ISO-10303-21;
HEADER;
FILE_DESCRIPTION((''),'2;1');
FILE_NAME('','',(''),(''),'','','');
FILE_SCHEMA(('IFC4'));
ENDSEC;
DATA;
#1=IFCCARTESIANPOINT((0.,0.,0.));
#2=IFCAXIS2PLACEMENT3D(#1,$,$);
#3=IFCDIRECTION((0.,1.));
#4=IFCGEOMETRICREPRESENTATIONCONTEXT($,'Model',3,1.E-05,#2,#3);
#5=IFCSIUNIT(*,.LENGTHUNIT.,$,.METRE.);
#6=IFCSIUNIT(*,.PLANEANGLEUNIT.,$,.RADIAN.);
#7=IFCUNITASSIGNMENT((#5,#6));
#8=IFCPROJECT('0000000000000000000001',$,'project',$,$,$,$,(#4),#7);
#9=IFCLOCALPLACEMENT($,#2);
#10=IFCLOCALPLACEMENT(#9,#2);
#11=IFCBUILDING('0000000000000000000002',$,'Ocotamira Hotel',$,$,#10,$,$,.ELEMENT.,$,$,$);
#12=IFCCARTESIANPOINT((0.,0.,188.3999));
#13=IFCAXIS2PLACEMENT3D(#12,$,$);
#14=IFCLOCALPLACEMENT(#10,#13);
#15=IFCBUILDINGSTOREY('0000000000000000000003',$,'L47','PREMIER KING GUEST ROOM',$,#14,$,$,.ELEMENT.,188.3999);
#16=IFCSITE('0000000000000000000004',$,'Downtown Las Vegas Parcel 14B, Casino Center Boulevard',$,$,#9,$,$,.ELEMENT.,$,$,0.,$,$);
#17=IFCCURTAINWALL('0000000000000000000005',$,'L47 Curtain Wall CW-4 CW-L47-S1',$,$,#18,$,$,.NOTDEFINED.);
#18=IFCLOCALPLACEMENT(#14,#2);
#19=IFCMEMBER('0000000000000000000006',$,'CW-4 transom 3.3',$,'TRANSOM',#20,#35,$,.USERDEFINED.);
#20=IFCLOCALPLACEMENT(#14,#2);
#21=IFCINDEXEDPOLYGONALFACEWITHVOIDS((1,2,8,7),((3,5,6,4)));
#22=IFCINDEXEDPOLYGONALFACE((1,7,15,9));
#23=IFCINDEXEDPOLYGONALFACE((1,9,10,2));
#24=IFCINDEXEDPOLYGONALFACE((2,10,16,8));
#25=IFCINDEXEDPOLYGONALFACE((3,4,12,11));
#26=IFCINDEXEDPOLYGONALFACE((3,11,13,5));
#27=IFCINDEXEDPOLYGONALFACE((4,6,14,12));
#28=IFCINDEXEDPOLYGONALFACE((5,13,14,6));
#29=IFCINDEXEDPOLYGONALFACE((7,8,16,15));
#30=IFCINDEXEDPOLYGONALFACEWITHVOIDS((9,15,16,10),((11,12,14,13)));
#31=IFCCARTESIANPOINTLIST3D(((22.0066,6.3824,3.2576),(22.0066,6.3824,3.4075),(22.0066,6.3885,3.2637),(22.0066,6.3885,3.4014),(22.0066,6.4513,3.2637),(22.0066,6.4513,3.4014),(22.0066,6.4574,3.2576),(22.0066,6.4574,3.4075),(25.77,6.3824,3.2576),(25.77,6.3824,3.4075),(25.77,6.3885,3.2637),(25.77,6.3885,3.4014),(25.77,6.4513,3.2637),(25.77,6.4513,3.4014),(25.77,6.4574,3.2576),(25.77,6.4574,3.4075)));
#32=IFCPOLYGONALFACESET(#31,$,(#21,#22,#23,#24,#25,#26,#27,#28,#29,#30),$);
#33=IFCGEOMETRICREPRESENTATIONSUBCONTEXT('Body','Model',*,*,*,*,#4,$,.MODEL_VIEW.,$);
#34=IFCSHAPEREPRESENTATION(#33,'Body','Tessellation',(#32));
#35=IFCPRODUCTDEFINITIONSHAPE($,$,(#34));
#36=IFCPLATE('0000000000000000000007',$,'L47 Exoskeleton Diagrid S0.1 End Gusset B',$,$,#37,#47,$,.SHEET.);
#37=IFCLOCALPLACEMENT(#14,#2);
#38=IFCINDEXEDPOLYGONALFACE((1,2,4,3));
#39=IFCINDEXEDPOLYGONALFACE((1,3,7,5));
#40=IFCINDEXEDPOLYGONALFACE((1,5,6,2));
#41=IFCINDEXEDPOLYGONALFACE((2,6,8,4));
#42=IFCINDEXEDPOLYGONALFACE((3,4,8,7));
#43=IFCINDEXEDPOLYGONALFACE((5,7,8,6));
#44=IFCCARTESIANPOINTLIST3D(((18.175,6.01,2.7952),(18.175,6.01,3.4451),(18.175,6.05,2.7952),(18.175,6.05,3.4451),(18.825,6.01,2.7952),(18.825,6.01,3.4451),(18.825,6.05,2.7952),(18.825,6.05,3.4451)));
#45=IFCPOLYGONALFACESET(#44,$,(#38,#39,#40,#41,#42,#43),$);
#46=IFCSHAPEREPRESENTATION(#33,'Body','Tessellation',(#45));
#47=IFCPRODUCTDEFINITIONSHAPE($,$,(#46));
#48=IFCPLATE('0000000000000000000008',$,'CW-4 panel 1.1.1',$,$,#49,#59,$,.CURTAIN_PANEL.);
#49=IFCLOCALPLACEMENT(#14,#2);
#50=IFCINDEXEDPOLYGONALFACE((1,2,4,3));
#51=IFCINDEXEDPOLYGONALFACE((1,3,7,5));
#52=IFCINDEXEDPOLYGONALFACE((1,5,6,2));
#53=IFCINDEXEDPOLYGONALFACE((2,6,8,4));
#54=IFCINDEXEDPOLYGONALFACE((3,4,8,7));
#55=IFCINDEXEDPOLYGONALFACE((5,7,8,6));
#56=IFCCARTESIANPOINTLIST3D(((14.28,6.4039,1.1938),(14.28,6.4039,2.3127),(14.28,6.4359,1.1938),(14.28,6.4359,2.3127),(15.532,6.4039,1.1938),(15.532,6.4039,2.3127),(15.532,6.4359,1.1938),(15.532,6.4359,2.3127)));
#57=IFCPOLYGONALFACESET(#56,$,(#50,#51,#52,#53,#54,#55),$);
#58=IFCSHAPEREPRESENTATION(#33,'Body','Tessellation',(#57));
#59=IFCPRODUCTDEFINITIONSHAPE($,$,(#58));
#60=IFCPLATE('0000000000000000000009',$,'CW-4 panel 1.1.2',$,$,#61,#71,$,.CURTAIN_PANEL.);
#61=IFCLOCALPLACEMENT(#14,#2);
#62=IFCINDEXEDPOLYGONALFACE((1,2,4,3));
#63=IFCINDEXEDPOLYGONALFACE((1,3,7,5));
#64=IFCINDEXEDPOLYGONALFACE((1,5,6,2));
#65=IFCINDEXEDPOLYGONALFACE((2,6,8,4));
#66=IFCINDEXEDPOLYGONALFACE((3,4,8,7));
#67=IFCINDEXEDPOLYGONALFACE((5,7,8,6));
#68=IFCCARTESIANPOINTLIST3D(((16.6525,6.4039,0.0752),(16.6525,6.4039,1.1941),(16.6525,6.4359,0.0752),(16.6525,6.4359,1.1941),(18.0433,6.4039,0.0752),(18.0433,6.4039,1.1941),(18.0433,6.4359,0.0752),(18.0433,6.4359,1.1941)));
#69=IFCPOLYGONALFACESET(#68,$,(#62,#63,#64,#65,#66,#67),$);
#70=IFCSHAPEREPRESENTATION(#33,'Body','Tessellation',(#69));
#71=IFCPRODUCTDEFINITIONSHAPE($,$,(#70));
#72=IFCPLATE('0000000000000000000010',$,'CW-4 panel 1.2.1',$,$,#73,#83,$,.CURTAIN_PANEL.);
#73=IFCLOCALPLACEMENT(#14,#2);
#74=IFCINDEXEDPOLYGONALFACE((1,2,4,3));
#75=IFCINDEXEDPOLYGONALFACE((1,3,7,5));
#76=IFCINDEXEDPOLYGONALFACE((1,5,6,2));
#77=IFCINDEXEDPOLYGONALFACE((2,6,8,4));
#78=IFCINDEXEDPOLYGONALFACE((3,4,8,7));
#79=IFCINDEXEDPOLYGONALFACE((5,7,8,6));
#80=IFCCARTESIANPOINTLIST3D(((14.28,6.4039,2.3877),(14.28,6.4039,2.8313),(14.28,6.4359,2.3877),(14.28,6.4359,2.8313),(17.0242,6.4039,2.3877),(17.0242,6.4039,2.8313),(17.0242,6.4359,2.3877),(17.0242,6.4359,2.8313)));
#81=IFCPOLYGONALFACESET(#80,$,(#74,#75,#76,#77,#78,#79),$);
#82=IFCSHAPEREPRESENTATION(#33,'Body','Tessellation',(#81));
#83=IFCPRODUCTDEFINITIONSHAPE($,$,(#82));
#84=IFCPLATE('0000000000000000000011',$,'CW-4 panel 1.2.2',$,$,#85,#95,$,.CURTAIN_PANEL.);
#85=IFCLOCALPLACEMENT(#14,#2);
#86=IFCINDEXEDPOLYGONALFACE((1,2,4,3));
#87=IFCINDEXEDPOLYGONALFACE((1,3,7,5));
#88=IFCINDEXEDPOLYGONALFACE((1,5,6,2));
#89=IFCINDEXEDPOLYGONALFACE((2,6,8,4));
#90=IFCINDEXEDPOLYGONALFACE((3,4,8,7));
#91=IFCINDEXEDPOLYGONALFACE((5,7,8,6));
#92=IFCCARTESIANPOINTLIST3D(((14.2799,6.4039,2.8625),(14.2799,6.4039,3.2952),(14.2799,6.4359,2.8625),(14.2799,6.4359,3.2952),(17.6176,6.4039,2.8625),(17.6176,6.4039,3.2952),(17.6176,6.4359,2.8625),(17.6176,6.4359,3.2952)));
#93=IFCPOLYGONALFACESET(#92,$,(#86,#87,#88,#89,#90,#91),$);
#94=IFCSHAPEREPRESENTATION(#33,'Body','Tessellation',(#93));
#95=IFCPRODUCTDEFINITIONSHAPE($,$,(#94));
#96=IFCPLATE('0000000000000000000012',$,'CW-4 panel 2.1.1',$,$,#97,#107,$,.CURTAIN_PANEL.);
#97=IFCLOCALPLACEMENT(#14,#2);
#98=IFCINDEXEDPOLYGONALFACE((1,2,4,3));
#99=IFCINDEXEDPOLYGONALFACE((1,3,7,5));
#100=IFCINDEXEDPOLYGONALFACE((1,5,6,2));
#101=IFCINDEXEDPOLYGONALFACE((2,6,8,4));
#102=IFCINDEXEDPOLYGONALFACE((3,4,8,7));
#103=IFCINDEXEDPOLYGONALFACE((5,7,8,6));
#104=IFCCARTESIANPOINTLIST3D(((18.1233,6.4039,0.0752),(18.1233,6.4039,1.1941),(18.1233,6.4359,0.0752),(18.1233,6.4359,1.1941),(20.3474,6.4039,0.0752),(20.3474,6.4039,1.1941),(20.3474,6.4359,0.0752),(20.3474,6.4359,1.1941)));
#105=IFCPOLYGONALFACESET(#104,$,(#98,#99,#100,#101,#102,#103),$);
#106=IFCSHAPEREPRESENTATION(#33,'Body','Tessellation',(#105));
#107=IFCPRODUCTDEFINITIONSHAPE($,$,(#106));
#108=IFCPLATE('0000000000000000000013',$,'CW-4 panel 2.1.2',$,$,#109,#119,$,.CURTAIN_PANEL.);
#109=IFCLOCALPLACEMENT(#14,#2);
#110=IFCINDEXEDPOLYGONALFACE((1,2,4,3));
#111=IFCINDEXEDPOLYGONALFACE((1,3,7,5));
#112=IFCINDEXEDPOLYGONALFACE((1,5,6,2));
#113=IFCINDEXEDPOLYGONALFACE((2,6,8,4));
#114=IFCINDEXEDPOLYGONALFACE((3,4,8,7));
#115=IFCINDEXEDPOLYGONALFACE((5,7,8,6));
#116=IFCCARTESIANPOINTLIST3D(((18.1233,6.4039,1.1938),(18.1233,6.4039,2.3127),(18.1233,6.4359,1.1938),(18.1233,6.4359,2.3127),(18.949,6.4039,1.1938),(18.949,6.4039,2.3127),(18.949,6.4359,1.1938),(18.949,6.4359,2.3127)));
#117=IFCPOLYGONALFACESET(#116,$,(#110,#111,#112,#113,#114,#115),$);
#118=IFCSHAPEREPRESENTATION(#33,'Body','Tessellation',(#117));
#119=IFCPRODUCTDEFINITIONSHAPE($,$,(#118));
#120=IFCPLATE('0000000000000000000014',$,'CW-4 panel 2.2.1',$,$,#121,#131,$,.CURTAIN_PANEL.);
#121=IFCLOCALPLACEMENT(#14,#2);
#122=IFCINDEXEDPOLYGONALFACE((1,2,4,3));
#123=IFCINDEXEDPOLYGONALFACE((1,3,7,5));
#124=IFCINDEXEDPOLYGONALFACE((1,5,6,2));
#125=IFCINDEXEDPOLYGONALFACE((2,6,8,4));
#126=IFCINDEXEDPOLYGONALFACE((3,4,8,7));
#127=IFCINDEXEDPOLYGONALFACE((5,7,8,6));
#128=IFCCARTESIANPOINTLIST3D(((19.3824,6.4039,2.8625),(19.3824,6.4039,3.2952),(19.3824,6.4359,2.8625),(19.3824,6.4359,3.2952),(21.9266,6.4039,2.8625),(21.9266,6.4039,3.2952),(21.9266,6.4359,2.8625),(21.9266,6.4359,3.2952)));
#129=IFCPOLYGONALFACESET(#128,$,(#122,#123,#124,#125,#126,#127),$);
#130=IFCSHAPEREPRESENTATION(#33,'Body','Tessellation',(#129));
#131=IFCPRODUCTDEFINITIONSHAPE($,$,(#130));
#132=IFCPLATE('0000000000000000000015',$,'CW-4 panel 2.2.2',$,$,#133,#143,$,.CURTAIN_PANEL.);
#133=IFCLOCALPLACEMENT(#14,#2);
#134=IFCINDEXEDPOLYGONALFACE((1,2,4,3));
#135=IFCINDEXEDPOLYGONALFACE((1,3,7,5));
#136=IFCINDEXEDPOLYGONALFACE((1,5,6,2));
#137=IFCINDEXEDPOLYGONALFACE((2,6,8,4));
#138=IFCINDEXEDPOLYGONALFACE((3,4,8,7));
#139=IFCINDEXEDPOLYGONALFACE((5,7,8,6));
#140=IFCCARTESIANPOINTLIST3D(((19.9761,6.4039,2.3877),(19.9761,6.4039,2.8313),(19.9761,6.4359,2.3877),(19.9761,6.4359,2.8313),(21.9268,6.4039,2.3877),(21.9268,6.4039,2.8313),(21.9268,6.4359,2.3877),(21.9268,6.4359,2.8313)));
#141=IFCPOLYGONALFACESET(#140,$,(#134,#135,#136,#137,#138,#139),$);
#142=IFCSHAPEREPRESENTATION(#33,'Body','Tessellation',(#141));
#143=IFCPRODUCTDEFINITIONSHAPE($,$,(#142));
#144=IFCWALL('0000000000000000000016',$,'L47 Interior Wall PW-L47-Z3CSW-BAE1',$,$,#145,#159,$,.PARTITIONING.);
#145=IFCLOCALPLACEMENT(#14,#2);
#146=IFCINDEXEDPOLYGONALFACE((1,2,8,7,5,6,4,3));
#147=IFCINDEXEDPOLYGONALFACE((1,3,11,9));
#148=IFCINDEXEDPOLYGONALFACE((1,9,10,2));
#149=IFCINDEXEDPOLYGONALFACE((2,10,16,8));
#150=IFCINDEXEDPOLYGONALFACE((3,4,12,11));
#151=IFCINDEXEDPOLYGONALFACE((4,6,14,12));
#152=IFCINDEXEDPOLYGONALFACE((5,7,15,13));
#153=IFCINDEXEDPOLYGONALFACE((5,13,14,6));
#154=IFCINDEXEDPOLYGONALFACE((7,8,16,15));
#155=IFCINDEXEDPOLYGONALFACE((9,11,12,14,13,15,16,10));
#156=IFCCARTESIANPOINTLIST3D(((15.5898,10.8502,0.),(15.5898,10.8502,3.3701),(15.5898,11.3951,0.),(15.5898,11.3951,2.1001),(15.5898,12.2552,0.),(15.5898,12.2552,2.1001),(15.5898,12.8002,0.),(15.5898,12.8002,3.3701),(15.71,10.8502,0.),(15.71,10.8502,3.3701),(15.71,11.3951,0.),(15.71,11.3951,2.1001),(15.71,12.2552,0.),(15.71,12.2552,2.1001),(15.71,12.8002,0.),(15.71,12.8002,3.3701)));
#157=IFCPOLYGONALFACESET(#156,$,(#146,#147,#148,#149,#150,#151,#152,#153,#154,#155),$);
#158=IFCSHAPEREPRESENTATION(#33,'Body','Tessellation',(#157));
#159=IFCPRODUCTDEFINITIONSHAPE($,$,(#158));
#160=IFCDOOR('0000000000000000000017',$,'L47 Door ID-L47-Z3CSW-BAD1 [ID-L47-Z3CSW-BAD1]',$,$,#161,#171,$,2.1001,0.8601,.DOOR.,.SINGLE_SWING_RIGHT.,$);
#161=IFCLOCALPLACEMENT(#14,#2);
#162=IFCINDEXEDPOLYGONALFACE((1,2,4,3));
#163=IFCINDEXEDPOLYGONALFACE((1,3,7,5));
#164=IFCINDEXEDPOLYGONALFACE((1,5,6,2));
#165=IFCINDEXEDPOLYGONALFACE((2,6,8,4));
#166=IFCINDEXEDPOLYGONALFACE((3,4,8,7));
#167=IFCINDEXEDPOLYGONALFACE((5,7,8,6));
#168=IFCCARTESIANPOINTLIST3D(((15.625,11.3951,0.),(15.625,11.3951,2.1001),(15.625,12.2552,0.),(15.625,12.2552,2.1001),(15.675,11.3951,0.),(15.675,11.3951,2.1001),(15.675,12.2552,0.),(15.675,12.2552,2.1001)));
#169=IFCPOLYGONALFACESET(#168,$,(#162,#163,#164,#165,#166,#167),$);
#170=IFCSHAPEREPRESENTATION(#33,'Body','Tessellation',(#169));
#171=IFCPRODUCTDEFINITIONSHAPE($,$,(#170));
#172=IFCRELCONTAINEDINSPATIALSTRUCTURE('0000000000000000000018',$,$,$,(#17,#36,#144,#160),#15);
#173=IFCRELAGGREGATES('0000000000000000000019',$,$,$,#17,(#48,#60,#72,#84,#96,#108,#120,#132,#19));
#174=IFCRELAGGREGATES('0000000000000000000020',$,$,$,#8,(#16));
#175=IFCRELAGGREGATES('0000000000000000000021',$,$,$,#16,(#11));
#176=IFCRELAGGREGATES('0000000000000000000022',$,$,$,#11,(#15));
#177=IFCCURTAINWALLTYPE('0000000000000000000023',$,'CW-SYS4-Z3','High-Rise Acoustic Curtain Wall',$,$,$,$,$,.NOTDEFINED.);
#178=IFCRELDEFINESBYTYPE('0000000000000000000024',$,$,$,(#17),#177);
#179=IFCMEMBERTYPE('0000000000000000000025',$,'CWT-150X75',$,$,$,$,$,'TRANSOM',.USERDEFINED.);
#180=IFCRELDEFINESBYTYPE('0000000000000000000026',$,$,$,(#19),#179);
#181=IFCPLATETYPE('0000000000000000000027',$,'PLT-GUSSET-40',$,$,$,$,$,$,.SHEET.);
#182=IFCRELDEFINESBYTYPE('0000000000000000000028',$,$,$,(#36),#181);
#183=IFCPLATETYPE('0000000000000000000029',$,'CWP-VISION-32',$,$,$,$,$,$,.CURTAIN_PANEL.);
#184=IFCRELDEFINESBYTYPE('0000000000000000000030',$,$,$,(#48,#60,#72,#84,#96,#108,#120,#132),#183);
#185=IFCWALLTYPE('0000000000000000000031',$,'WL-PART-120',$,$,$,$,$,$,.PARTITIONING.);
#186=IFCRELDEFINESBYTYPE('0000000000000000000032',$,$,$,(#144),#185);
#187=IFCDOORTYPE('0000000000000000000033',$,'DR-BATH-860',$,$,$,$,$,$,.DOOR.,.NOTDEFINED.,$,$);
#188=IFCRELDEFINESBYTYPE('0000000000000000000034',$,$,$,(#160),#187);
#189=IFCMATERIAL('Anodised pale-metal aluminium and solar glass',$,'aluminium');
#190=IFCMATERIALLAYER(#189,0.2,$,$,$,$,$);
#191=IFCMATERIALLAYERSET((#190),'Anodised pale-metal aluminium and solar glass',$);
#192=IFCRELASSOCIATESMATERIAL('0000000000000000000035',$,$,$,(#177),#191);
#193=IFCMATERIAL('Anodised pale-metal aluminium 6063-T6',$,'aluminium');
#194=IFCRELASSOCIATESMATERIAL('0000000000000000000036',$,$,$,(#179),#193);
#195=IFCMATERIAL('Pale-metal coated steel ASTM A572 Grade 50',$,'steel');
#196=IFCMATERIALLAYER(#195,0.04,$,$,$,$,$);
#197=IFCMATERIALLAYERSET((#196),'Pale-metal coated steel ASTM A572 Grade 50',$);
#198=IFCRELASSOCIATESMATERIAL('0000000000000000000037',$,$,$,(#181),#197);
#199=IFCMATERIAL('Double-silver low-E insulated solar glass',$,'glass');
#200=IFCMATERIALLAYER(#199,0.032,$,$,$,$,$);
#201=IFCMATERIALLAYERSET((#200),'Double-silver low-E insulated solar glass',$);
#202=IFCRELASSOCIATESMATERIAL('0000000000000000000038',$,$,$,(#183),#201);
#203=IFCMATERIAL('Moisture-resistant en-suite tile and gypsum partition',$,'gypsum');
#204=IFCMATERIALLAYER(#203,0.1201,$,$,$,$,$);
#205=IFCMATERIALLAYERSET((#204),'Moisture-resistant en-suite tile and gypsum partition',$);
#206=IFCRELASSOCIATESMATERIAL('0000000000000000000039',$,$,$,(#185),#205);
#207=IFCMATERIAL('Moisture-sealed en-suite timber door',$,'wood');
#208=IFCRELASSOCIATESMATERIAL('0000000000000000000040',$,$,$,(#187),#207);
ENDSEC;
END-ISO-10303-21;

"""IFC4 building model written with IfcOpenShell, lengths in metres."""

from ifc_helpers import new_model, si_unit, direction, frame, frame_2d, origin, origin_2d, place, context, subcontext, project, spatial, rectangle, hollow_rectangle, extrude, source, transform, mapped, material, layer, layer_set, material_profile, profile_set, type_object, element, fill, aggregate, save


model = new_model("IFC4")

# Units and contexts
model_context = context("Model", 3, precision=1e-05, world=origin(), true_north=direction((0.0, 1.0)))
body_context = subcontext(model_context, "Body", "Model", "MODEL_VIEW")
ifc_project = project(units=[si_unit("LENGTHUNIT", "METRE"), si_unit("PLANEANGLEUNIT", "RADIAN")], contexts=[model_context])

# Site, building, storey
site_placement = place(None, origin())
site = spatial("IfcSite", under=ifc_project, at=site_placement, Name="Downtown Las Vegas Parcel 14B, Casino Center Boulevard", CompositionType="ELEMENT", RefElevation=0.0)
building_placement = place(site_placement, origin())
building = spatial("IfcBuilding", under=site, at=building_placement, Name="Ocotamira Hotel", CompositionType="ELEMENT")
storey_placement = place(building_placement, frame((0.0, 0.0, 188.3999)))
storey = spatial("IfcBuildingStorey", under=building, at=storey_placement, Name="L47", Description="PREMIER KING GUEST ROOM", CompositionType="ELEMENT", Elevation=188.3999)

# Curtain wall, member
ifc_material_1 = material(Name="Anodised pale-metal aluminium and solar glass", Category="aluminium")
ifc_layer_1 = layer(ifc_material_1, 0.2)
ifc_layer_set_1 = layer_set([ifc_layer_1], Name="Anodised pale-metal aluminium and solar glass")
curtain_wall_type = type_object("IfcCurtainWallType", Name="CW-SYS4-Z3", Description="High-Rise Acoustic Curtain Wall", PredefinedType="NOTDEFINED", material=ifc_layer_set_1)
curtain_wall_placement = place(storey_placement, origin())
curtain_wall = element("IfcCurtainWall", 1, at=curtain_wall_placement, inside=storey, type_object=curtain_wall_type, Name="L47 Curtain Wall CW-4 CW-L47-S1", PredefinedType="NOTDEFINED")
ifc_material_2 = material(Name="Anodised pale-metal aluminium 6063-T6", Category="aluminium")
ifc_material_profile_1 = material_profile(ifc_material_2, hollow_rectangle(XDim=0.075, YDim=0.1499, WallThickness=0.0061, at=origin_2d()), Name="HSS150X75X6")
ifc_profile_set_1 = profile_set([ifc_material_profile_1], Name="Anodised pale-metal aluminium 6063-T6")
member_type_1 = type_object("IfcMemberType", Name="CWT-150X75", ElementType="TRANSOM", PredefinedType="USERDEFINED", material=ifc_profile_set_1)
shared_shape_1 = source(origin(), body_context, "Body", "SweptSolid", [
    extrude(hollow_rectangle(XDim=0.075, YDim=0.1499, WallThickness=0.0061, at=origin_2d()), origin(), (0.0, 0.0, 1.0), 3.7634),
])
member_1_placement = place(storey_placement, frame((22.0066, 6.4199, 3.3325), z_axis=(1.0, 0.0, 0.0), x_axis=(0.0, 1.0, 0.0)))
member_1 = element("IfcMember", 2, at=member_1_placement, type_object=member_type_1, Name="CW-4 transom 3.3", ObjectType="TRANSOM", PredefinedType="USERDEFINED", context=body_context, shape_type="MappedRepresentation", body=[
    mapped(shared_shape_1, transform((0.0, 0.0, 0.0), scale=1.0)),
])

# Plates
ifc_material_3 = material(Name="Pale-metal coated steel ASTM A572 Grade 50", Category="steel")
ifc_layer_2 = layer(ifc_material_3, 0.04)
ifc_layer_set_2 = layer_set([ifc_layer_2], Name="Pale-metal coated steel ASTM A572 Grade 50")
plate_type_1 = type_object("IfcPlateType", Name="PLT-GUSSET-40", PredefinedType="SHEET", material=ifc_layer_set_2)
shared_shape_2 = source(origin(), body_context, "Body", "SweptSolid", [
    extrude(rectangle(XDim=0.6499, YDim=0.04, at=origin_2d()), origin(), (0.0, 0.0, 1.0), 0.6499),
])
plate_1_placement = place(storey_placement, frame((18.5, 6.03, 2.7952), z_axis=(0.0, 0.0, 1.0), x_axis=(1.0, 0.0, 0.0)))
element("IfcPlate", 3, at=plate_1_placement, inside=storey, type_object=plate_type_1, Name="L47 Exoskeleton Diagrid S0.1 End Gusset B", PredefinedType="SHEET", context=body_context, shape_type="MappedRepresentation", body=[
    mapped(shared_shape_2, transform((0.0, 0.0, 0.0), scale=1.0)),
])
ifc_material_4 = material(Name="Double-silver low-E insulated solar glass", Category="glass")
ifc_layer_3 = layer(ifc_material_4, 0.032)
ifc_layer_set_3 = layer_set([ifc_layer_3], Name="Double-silver low-E insulated solar glass")
plate_type_2 = type_object("IfcPlateType", Name="CWP-VISION-32", PredefinedType="CURTAIN_PANEL", material=ifc_layer_set_3)
shared_shape_3 = source(origin(), body_context, "Body", "SweptSolid", [
    extrude(rectangle(XDim=1.252, YDim=0.032, at=origin_2d()), origin(), (0.0, 0.0, 1.0), 1.1189),
])
plate_2_placement = place(storey_placement, frame((14.906, 6.4199, 1.1938), z_axis=(0.0, 0.0, 1.0), x_axis=(1.0, 0.0, 0.0)))
plate_2 = element("IfcPlate", 4, at=plate_2_placement, type_object=plate_type_2, Name="CW-4 panel 1.1.1", PredefinedType="CURTAIN_PANEL", context=body_context, shape_type="MappedRepresentation", body=[
    mapped(shared_shape_3, transform((0.0, 0.0, 0.0), scale=1.0)),
])
shared_shape_4 = source(origin(), body_context, "Body", "SweptSolid", [
    extrude(rectangle(XDim=1.3909, YDim=0.032, at=origin_2d()), origin(), (0.0, 0.0, 1.0), 1.1189),
])
plate_3_placement = place(storey_placement, frame((17.3479, 6.4199, 0.0752), z_axis=(0.0, 0.0, 1.0), x_axis=(1.0, 0.0, 0.0)))
plate_3 = element("IfcPlate", 5, at=plate_3_placement, type_object=plate_type_2, Name="CW-4 panel 1.1.2", PredefinedType="CURTAIN_PANEL", context=body_context, shape_type="MappedRepresentation", body=[
    mapped(shared_shape_4, transform((0.0, 0.0, 0.0), scale=1.0)),
])
shared_shape_5 = source(origin(), body_context, "Body", "SweptSolid", [
    extrude(rectangle(XDim=2.7441, YDim=0.032, at=origin_2d()), origin(), (0.0, 0.0, 1.0), 0.4436),
])
plate_4_placement = place(storey_placement, frame((15.6521, 6.4199, 2.3877), z_axis=(0.0, 0.0, 1.0), x_axis=(1.0, 0.0, 0.0)))
plate_4 = element("IfcPlate", 6, at=plate_4_placement, type_object=plate_type_2, Name="CW-4 panel 1.2.1", PredefinedType="CURTAIN_PANEL", context=body_context, shape_type="MappedRepresentation", body=[
    mapped(shared_shape_5, transform((0.0, 0.0, 0.0), scale=1.0)),
])
shared_shape_6 = source(origin(), body_context, "Body", "SweptSolid", [
    extrude(rectangle(XDim=3.3376, YDim=0.032, at=origin_2d()), origin(), (0.0, 0.0, 1.0), 0.4326),
])
plate_5_placement = place(storey_placement, frame((15.9487, 6.4199, 2.8625), z_axis=(0.0, 0.0, 1.0), x_axis=(1.0, 0.0, 0.0)))
plate_5 = element("IfcPlate", 7, at=plate_5_placement, type_object=plate_type_2, Name="CW-4 panel 1.2.2", PredefinedType="CURTAIN_PANEL", context=body_context, shape_type="MappedRepresentation", body=[
    mapped(shared_shape_6, transform((0.0, 0.0, 0.0), scale=1.0)),
])
shared_shape_7 = source(origin(), body_context, "Body", "SweptSolid", [
    extrude(rectangle(XDim=2.2241, YDim=0.032, at=origin_2d()), origin(), (0.0, 0.0, 1.0), 1.1189),
])
plate_6_placement = place(storey_placement, frame((19.2354, 6.4199, 0.0752), z_axis=(0.0, 0.0, 1.0), x_axis=(1.0, 0.0, 0.0)))
plate_6 = element("IfcPlate", 8, at=plate_6_placement, type_object=plate_type_2, Name="CW-4 panel 2.1.1", PredefinedType="CURTAIN_PANEL", context=body_context, shape_type="MappedRepresentation", body=[
    mapped(shared_shape_7, transform((0.0, 0.0, 0.0), scale=1.0)),
])
shared_shape_8 = source(origin(), body_context, "Body", "SweptSolid", [
    extrude(rectangle(XDim=0.8257, YDim=0.032, at=origin_2d()), origin(), (0.0, 0.0, 1.0), 1.1189),
])
plate_7_placement = place(storey_placement, frame((18.5361, 6.4199, 1.1938), z_axis=(0.0, 0.0, 1.0), x_axis=(1.0, 0.0, 0.0)))
plate_7 = element("IfcPlate", 9, at=plate_7_placement, type_object=plate_type_2, Name="CW-4 panel 2.1.2", PredefinedType="CURTAIN_PANEL", context=body_context, shape_type="MappedRepresentation", body=[
    mapped(shared_shape_8, transform((0.0, 0.0, 0.0), scale=1.0)),
])
shared_shape_9 = source(origin(), body_context, "Body", "SweptSolid", [
    extrude(rectangle(XDim=2.5442, YDim=0.032, at=origin_2d()), origin(), (0.0, 0.0, 1.0), 0.4326),
])
plate_8_placement = place(storey_placement, frame((20.6545, 6.4199, 2.8625), z_axis=(0.0, 0.0, 1.0), x_axis=(1.0, 0.0, 0.0)))
plate_8 = element("IfcPlate", 10, at=plate_8_placement, type_object=plate_type_2, Name="CW-4 panel 2.2.1", PredefinedType="CURTAIN_PANEL", context=body_context, shape_type="MappedRepresentation", body=[
    mapped(shared_shape_9, transform((0.0, 0.0, 0.0), scale=1.0)),
])
shared_shape_10 = source(origin(), body_context, "Body", "SweptSolid", [
    extrude(rectangle(XDim=1.9507, YDim=0.032, at=origin_2d()), origin(), (0.0, 0.0, 1.0), 0.4436),
])
plate_9_placement = place(storey_placement, frame((20.9514, 6.4199, 2.3877), z_axis=(0.0, 0.0, 1.0), x_axis=(1.0, 0.0, 0.0)))
plate_9 = element("IfcPlate", 11, at=plate_9_placement, type_object=plate_type_2, Name="CW-4 panel 2.2.2", PredefinedType="CURTAIN_PANEL", context=body_context, shape_type="MappedRepresentation", body=[
    mapped(shared_shape_10, transform((0.0, 0.0, 0.0), scale=1.0)),
])
aggregate(curtain_wall, [plate_2, plate_3, plate_4, plate_5, plate_6, plate_7, plate_8, plate_9, member_1])

# Wall, opening, door
ifc_material_5 = material(Name="Moisture-resistant en-suite tile and gypsum partition", Category="gypsum")
ifc_layer_4 = layer(ifc_material_5, 0.1201)
ifc_layer_set_4 = layer_set([ifc_layer_4], Name="Moisture-resistant en-suite tile and gypsum partition")
wall_type_1 = type_object("IfcWallType", Name="WL-PART-120", PredefinedType="PARTITIONING", material=ifc_layer_set_4)
wall_1_placement = place(storey_placement, frame((15.6499, 10.8501, 0.0), z_axis=(0.0, 0.0, 1.0), x_axis=(0.0, 1.0, 0.0)))
wall_1 = element("IfcWall", 12, at=wall_1_placement, inside=storey, type_object=wall_type_1, Name="L47 Interior Wall PW-L47-Z3CSW-BAE1", PredefinedType="PARTITIONING", context=body_context, shape_type="SweptSolid", body=[
    extrude(rectangle(XDim=1.95, YDim=0.1201, at=frame_2d((0.9751, 0.0))), origin(), (0.0, 0.0, 1.0), 3.3701),
])
opening_placement = place(wall_1_placement, frame((0.5449, 0.0, 0.0)))
opening = element("IfcOpeningElement", 13, at=opening_placement, cuts=wall_1, PredefinedType="OPENING", context=body_context, shape_type="SweptSolid", body=[
    extrude(rectangle(XDim=0.8601, YDim=2.1001, at=frame_2d((0.4302, 1.05))), frame((0.0, 0.0701, 0.0), z_axis=(0.0, -1.0, 0.0), x_axis=(1.0, 0.0, 0.0)), (0.0, 0.0, 1.0), 0.1401),
])
ifc_material_6 = material(Name="Moisture-sealed en-suite timber door", Category="wood")
door_type = type_object("IfcDoorType", Name="DR-BATH-860", OperationType="NOTDEFINED", PredefinedType="DOOR", material=ifc_material_6)
shared_shape_11 = source(origin(), body_context, "Body", "SweptSolid", [
    extrude(rectangle(XDim=0.8601, YDim=2.1001, at=frame_2d((0.4302, 1.05))), frame((0.0, 0.0249, 0.0), z_axis=(0.0, -1.0, 0.0), x_axis=(1.0, 0.0, 0.0)), (0.0, 0.0, 1.0), 0.05),
])
door_placement = place(opening_placement, origin())
door = element("IfcDoor", 14, at=door_placement, inside=storey, type_object=door_type, Name="L47 Door ID-L47-Z3CSW-BAD1 [ID-L47-Z3CSW-BAD1]", OperationType="SINGLE_SWING_RIGHT", OverallHeight=2.1001, OverallWidth=0.8601, PredefinedType="DOOR", context=body_context, shape_type="MappedRepresentation", body=[
    mapped(shared_shape_11, transform((0.0, 0.0, 0.0), scale=1.0)),
])
fill(opening, door)

save(model, "model.ifc")
